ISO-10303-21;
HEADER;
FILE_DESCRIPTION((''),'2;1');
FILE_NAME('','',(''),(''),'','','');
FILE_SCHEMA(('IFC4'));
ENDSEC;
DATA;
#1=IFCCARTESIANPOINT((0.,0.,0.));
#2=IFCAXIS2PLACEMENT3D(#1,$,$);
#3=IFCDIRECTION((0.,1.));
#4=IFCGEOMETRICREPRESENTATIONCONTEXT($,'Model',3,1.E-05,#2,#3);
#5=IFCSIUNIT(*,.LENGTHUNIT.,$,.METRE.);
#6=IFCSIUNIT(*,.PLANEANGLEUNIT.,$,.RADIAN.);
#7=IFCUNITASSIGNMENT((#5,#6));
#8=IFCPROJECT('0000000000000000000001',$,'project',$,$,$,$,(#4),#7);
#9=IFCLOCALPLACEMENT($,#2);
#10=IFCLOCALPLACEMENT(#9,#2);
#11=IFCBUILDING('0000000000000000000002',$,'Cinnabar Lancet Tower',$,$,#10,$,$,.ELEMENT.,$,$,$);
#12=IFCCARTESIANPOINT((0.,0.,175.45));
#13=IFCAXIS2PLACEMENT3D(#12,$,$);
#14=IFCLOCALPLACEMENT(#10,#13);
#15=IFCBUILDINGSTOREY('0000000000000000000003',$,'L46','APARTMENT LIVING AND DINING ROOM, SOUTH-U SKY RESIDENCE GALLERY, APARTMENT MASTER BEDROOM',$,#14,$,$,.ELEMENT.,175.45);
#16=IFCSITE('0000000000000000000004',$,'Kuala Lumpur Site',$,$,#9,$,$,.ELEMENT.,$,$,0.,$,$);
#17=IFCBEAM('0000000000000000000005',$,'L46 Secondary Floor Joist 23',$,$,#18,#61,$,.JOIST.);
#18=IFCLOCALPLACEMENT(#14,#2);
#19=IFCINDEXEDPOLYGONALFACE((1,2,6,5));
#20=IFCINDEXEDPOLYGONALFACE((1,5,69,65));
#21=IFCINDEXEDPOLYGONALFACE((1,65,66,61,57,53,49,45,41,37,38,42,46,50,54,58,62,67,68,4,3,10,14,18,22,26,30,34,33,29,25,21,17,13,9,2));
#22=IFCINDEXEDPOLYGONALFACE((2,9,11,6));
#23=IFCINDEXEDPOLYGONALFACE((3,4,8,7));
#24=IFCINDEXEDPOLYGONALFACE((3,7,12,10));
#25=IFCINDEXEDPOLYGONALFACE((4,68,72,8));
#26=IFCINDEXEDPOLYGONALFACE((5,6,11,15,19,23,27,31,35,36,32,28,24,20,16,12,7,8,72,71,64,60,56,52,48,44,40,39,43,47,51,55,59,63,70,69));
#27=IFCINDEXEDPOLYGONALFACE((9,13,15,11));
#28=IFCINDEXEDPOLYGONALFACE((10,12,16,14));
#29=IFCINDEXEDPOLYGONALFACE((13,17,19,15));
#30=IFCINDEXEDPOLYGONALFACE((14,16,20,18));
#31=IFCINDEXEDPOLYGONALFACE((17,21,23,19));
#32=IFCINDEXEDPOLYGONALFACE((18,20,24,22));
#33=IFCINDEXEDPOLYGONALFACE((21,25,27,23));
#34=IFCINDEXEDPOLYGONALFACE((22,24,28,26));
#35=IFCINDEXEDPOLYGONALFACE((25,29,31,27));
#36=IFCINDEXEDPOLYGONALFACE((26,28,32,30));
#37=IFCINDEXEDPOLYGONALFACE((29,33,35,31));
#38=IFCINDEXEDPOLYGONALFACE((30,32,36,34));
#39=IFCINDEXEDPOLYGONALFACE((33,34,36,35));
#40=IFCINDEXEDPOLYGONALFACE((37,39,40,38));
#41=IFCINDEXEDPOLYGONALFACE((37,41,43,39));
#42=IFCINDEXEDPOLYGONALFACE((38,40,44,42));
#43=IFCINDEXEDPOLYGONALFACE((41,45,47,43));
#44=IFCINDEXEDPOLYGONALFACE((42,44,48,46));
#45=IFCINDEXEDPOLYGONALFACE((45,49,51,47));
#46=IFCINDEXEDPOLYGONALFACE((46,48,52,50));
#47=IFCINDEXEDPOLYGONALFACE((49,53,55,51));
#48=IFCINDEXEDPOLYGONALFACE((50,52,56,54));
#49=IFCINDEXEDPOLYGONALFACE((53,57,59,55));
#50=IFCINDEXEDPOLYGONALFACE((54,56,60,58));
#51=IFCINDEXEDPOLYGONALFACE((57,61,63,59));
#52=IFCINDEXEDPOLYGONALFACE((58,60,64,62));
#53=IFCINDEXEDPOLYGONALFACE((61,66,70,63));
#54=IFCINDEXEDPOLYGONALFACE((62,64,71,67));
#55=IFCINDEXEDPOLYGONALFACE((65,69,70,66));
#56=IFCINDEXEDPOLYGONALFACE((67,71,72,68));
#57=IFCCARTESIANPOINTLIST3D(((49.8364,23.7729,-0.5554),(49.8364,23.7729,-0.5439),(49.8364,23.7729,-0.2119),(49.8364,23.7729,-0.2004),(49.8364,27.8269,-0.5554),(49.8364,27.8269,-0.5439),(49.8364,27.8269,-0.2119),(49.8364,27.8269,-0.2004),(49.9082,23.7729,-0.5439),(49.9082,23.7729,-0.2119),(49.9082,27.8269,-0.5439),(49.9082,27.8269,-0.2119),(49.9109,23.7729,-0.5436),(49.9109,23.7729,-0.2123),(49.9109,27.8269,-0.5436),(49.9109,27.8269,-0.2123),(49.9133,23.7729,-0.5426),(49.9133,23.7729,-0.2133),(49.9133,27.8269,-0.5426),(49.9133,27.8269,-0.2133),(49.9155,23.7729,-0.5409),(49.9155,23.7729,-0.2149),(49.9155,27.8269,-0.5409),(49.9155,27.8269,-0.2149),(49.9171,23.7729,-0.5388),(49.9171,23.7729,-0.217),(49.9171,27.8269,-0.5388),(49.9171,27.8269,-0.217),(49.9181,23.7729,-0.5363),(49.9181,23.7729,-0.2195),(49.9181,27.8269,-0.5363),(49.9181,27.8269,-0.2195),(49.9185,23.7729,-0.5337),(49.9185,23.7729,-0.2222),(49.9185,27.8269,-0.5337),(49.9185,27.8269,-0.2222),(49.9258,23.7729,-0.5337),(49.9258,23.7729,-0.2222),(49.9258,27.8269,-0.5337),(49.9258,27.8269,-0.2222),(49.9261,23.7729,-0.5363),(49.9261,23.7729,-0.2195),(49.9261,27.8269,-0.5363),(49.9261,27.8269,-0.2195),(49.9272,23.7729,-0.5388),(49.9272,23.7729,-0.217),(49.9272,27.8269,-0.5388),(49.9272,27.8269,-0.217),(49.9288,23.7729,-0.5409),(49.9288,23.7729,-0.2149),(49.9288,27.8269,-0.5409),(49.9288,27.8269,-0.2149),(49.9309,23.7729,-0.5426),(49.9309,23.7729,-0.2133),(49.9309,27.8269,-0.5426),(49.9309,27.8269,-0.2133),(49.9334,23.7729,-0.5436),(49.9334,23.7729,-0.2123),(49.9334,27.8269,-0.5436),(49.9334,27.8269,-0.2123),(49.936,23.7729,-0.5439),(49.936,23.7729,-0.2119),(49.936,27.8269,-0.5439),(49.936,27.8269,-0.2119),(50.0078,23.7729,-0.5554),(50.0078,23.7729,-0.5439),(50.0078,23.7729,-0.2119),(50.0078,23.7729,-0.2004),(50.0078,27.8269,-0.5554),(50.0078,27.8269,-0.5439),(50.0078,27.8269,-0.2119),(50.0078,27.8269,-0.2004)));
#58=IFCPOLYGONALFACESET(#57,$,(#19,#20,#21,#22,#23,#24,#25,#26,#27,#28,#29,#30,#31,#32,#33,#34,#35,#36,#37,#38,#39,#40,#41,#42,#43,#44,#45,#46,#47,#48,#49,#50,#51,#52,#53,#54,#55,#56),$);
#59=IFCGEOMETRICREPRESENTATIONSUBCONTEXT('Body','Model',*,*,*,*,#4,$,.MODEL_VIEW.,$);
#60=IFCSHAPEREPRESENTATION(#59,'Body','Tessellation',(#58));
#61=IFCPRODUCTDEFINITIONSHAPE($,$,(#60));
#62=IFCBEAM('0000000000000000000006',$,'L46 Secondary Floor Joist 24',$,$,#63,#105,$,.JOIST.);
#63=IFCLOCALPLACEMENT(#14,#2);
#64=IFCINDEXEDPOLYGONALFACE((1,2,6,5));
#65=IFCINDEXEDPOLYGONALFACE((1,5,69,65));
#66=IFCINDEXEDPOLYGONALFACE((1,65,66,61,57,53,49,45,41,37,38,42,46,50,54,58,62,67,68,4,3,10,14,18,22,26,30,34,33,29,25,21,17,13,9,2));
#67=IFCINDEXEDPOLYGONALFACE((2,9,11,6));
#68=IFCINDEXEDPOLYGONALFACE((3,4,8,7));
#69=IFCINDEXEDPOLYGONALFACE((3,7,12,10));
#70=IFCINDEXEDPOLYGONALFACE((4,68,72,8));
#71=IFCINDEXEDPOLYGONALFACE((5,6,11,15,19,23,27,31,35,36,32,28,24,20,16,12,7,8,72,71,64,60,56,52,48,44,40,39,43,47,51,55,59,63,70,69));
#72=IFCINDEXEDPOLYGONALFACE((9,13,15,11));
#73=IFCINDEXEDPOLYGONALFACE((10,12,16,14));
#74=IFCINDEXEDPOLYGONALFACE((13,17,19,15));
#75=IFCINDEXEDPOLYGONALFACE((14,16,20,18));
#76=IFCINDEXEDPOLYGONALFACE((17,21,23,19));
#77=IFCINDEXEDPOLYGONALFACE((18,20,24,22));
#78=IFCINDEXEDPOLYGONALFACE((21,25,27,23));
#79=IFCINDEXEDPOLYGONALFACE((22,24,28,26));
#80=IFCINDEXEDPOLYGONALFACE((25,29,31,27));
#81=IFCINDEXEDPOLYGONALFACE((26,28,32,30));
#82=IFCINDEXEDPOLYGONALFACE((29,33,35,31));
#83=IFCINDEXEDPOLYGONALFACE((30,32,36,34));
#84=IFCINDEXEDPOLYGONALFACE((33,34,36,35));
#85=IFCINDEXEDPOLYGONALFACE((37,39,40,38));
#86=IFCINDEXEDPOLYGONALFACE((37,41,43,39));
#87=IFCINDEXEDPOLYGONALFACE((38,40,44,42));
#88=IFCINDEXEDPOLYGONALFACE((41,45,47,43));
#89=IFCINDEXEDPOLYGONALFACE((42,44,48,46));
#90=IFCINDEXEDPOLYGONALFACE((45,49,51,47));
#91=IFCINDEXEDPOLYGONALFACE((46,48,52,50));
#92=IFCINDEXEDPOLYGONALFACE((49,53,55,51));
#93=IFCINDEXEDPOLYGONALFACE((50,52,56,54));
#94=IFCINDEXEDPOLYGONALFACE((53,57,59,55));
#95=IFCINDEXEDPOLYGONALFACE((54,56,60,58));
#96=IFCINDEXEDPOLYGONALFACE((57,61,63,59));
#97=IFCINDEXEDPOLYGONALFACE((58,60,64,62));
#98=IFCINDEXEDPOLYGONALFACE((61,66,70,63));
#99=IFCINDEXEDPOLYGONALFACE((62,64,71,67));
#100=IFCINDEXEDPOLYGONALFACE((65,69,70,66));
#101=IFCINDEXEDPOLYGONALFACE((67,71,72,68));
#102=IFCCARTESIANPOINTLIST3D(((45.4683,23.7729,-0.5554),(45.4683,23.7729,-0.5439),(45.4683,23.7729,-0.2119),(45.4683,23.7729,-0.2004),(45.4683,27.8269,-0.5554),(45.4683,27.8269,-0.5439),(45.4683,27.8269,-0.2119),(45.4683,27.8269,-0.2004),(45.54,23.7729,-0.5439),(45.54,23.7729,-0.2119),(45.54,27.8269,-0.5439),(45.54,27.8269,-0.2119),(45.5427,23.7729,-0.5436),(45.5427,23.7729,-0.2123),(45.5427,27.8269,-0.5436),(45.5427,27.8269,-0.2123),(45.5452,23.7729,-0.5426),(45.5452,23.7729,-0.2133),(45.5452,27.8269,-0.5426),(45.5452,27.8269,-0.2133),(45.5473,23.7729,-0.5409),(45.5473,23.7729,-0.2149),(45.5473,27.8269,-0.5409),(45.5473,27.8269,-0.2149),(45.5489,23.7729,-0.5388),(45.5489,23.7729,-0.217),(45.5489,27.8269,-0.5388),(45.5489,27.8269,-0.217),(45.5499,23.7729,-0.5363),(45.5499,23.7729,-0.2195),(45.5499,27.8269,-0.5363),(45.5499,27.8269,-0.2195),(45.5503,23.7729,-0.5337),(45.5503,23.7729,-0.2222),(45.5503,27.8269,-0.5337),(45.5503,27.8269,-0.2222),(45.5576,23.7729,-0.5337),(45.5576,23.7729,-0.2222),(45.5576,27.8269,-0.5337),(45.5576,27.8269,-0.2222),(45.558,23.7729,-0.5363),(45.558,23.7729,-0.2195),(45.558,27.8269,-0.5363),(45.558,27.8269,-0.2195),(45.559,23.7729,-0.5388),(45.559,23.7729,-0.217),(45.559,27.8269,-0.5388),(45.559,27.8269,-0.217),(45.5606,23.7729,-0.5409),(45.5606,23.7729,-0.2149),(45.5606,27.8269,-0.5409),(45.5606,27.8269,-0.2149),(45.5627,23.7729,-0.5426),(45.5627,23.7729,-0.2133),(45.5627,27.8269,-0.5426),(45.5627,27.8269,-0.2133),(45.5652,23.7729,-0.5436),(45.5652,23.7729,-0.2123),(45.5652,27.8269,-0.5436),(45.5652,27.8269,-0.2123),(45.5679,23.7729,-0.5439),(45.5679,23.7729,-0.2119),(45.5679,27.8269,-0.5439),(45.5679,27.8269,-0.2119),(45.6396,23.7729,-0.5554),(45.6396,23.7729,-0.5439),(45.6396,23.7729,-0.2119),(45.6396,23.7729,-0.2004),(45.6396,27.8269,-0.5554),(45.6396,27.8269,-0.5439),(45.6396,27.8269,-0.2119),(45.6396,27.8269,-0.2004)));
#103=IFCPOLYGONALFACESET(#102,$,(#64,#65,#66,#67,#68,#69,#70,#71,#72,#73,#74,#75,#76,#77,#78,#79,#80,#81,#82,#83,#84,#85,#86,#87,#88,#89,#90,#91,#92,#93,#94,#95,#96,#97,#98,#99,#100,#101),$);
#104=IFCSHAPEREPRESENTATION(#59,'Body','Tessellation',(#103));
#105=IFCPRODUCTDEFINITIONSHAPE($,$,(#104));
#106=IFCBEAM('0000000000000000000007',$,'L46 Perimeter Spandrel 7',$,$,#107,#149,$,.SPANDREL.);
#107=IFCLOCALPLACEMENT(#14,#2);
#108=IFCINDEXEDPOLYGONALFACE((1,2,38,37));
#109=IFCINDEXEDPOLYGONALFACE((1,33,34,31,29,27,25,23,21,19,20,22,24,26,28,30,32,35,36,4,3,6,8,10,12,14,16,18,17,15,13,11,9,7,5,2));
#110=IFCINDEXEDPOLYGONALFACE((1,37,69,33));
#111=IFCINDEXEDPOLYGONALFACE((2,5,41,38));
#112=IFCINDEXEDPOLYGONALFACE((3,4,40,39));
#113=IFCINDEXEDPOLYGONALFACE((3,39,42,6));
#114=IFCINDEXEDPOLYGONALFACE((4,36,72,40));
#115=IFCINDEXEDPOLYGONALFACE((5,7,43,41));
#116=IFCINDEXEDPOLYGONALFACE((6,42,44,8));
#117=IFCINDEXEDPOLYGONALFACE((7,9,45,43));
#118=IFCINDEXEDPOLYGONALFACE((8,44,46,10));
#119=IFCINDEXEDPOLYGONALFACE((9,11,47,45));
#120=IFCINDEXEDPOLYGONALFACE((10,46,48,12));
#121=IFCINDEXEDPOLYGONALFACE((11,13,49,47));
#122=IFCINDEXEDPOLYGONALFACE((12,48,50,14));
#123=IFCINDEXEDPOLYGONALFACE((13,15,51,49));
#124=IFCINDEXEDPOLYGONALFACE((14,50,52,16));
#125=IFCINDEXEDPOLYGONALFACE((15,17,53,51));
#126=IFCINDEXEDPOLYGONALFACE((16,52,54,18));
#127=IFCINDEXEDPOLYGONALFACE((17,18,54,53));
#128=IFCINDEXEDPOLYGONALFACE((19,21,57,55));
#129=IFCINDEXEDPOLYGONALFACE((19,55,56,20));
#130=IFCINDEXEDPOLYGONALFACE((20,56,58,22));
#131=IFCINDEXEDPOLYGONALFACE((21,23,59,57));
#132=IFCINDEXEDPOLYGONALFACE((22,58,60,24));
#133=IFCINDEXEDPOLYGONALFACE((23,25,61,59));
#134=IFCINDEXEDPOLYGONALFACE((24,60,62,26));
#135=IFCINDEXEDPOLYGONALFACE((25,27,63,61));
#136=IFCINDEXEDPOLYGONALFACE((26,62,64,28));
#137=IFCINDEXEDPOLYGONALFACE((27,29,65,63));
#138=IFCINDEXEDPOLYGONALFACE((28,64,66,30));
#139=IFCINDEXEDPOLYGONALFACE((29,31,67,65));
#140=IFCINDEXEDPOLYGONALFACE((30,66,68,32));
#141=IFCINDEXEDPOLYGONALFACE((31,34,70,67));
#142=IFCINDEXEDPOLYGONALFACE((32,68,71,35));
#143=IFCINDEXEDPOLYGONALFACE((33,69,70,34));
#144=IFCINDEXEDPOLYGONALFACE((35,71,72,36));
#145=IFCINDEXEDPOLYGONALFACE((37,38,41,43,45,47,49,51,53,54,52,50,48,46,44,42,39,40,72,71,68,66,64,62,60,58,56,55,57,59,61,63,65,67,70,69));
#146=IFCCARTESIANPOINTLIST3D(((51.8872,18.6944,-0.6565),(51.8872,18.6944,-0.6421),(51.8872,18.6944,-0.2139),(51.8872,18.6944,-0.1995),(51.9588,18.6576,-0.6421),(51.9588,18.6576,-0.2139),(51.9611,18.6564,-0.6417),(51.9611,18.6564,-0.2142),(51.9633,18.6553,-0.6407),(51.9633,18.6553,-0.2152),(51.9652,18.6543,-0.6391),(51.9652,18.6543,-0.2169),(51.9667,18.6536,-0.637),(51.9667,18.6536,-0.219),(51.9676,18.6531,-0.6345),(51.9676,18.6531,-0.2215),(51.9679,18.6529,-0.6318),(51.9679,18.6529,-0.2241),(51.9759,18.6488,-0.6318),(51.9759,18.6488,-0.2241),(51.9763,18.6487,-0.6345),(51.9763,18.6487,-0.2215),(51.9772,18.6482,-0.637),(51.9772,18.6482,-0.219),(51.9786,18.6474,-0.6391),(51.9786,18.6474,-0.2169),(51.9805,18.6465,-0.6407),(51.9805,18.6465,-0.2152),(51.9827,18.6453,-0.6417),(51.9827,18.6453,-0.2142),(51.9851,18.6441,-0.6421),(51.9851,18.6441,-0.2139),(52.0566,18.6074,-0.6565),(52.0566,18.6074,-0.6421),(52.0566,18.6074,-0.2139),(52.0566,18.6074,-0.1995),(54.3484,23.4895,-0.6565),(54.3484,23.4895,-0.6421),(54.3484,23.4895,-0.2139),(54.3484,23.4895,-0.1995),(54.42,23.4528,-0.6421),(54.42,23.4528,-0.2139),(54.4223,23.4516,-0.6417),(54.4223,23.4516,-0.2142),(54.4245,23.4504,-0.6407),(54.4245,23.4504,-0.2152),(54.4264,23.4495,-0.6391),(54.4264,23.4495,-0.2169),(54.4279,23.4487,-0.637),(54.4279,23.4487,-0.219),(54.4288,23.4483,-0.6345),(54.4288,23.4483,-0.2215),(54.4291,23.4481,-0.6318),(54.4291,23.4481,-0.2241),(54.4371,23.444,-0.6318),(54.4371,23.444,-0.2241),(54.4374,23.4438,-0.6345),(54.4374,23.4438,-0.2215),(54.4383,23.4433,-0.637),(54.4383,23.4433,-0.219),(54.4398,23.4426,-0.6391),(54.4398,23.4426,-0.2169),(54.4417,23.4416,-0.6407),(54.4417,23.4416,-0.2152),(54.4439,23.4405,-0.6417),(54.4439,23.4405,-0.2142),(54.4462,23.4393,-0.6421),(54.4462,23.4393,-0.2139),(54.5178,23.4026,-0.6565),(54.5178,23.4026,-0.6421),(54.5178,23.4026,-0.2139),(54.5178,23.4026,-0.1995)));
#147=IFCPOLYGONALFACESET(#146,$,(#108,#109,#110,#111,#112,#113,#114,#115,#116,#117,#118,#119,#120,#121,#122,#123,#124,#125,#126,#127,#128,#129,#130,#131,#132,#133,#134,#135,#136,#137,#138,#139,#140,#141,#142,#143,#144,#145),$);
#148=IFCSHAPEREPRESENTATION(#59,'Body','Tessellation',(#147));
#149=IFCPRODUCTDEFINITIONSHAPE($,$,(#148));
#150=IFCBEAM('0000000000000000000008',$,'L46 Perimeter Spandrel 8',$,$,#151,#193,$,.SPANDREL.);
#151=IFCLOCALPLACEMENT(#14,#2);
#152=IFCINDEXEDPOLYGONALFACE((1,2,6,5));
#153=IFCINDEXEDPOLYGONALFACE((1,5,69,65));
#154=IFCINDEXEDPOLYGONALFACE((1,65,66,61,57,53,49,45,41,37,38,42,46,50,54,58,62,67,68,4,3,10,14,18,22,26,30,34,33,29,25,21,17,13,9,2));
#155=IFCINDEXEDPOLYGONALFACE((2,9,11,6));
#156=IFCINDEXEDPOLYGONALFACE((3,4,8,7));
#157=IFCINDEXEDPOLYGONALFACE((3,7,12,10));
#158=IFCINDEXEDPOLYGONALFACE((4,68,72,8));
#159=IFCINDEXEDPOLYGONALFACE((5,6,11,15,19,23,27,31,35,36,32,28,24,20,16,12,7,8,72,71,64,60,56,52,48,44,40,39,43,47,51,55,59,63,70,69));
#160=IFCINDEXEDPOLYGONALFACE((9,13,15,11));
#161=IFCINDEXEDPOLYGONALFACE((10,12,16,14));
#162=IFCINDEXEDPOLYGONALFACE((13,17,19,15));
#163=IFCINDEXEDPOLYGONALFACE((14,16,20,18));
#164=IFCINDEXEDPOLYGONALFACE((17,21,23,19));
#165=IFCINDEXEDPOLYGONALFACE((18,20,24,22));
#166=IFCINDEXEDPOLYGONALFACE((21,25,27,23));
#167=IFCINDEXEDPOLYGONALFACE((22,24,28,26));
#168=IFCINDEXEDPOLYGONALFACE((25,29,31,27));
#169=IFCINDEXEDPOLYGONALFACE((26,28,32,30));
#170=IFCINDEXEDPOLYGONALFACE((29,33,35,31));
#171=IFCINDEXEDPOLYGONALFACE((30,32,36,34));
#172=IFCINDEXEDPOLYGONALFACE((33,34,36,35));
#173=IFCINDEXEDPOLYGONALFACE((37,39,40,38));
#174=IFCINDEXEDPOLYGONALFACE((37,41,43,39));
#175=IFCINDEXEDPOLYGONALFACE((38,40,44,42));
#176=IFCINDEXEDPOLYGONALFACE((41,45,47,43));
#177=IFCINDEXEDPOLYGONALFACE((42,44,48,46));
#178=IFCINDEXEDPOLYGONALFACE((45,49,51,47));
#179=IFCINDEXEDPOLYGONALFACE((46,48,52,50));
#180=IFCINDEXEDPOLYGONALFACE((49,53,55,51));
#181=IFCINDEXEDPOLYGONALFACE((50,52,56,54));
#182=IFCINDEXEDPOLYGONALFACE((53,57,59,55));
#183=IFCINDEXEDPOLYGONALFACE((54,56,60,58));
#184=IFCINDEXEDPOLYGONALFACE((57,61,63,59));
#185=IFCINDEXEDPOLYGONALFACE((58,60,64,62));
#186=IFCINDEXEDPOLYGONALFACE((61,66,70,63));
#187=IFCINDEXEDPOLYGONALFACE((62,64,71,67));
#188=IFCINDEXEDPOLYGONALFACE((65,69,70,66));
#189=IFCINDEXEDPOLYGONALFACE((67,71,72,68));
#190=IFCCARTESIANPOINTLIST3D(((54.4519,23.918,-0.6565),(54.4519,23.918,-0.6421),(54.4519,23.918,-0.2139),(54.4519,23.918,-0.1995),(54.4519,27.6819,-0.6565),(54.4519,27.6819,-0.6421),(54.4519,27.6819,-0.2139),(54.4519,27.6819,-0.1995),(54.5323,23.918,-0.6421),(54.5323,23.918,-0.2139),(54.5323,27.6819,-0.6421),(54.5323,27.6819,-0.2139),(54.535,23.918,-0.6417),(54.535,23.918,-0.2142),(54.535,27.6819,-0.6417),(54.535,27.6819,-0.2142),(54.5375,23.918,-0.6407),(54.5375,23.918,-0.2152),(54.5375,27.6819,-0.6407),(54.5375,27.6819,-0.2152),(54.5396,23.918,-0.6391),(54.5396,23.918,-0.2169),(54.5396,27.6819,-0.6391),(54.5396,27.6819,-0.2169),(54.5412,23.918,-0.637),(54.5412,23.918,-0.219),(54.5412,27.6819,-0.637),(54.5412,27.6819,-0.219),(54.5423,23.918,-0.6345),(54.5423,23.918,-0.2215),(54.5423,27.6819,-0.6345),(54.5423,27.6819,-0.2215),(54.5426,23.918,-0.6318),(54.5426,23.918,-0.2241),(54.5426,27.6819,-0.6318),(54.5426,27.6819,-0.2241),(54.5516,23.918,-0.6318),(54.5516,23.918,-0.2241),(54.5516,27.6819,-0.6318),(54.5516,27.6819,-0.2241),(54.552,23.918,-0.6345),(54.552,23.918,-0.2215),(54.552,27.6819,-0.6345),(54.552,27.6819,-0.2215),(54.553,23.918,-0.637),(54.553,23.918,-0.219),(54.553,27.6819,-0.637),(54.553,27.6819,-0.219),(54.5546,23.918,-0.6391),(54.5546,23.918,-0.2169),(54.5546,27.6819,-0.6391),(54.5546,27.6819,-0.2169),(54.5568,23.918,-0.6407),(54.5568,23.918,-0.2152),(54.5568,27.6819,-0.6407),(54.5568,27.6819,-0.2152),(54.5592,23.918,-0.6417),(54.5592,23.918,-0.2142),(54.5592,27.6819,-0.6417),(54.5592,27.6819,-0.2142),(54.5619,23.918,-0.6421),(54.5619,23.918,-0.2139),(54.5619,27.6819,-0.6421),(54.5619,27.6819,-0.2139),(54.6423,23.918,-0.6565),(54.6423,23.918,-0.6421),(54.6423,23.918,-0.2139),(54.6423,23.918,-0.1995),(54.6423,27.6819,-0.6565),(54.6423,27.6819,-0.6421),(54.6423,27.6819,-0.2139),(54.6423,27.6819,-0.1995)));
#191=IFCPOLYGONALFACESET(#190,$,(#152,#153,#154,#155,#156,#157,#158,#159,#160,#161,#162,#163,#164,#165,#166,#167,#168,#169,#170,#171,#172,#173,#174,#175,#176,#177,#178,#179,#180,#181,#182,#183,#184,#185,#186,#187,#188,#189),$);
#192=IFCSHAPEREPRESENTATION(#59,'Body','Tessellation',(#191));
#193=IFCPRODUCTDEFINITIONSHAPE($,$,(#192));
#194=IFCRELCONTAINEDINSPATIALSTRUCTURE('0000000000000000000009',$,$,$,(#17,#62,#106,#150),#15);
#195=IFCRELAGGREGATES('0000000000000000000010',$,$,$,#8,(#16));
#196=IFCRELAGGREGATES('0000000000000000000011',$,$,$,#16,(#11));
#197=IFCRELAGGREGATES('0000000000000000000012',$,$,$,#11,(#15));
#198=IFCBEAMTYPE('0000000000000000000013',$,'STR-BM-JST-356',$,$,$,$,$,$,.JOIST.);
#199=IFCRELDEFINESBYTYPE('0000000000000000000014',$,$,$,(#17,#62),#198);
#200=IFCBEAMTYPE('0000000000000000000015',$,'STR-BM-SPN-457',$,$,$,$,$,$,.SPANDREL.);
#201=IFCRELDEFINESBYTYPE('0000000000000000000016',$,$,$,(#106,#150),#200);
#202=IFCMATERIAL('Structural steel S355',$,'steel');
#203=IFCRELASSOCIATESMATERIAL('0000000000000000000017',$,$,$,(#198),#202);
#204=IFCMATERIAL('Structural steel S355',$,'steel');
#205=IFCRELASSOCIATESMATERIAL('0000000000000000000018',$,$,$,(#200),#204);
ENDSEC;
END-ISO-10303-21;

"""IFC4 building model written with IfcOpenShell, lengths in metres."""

from ifc_helpers import new_model, si_unit, direction, frame, origin, origin_2d, place, context, subcontext, project, spatial, i_section, extrude, material, material_profile, profile_set, type_object, element, save


model = new_model("IFC4")

# Units and contexts
model_context = context("Model", 3, precision=1e-05, world=origin(), true_north=direction((0.0, 1.0)))
body_context = subcontext(model_context, "Body", "Model", "MODEL_VIEW")
ifc_project = project(units=[si_unit("LENGTHUNIT", "METRE"), si_unit("PLANEANGLEUNIT", "RADIAN")], contexts=[model_context])

# Site, building, storey
site_placement = place(None, origin())
site = spatial("IfcSite", under=ifc_project, at=site_placement, Name="Kuala Lumpur Site", CompositionType="ELEMENT", RefElevation=0.0)
building_placement = place(site_placement, origin())
building = spatial("IfcBuilding", under=site, at=building_placement, Name="Cinnabar Lancet Tower", CompositionType="ELEMENT")
storey_placement = place(building_placement, frame((0.0, 0.0, 175.45)))
storey = spatial("IfcBuildingStorey", under=building, at=storey_placement, Name="L46", Description="APARTMENT LIVING AND DINING ROOM, SOUTH-U SKY RESIDENCE GALLERY, APARTMENT MASTER BEDROOM", CompositionType="ELEMENT", Elevation=175.45)

# Beams
ifc_material_1 = material(Name="Structural steel S355", Category="steel")
ifc_material_profile_1 = material_profile(ifc_material_1, i_section(OverallWidth=0.1714, OverallDepth=0.355, WebThickness=0.0073, FlangeThickness=0.0115, FilletRadius=0.0103, at=origin_2d()), Name="UKB 356x171x51")
ifc_profile_set_1 = profile_set([ifc_material_profile_1], Name="Structural steel S355")
beam_type_1 = type_object("IfcBeamType", Name="STR-BM-JST-356", PredefinedType="JOIST", material=ifc_profile_set_1)
for number, where, z_axis, x_axis, name in (
    (1, (49.9221, 23.7729, -0.3779), (0.0, 1.0, 0.0), (-1.0, 0.0, 0.0), "L46 Secondary Floor Joist 23"),
    (2, (45.554, 23.7729, -0.3779), (0.0, 1.0, 0.0), (-1.0, 0.0, 0.0), "L46 Secondary Floor Joist 24"),
):
    element("IfcBeam", number, at=place(storey_placement, frame(where, z_axis=z_axis, x_axis=x_axis)), inside=storey, type_object=beam_type_1, Name=name, PredefinedType="JOIST", context=body_context, shape_type="SweptSolid", body=[
        extrude(i_section(OverallWidth=0.1714, OverallDepth=0.355, WebThickness=0.0073, FlangeThickness=0.0115, FilletRadius=0.0103, at=origin_2d()), origin(), (0.0, 0.0, 1.0), 4.054),
    ])
ifc_material_2 = material(Name="Structural steel S355", Category="steel")
ifc_material_profile_2 = material_profile(ifc_material_2, i_section(OverallWidth=0.1904, OverallDepth=0.457, WebThickness=0.009, FlangeThickness=0.0144, FilletRadius=0.0103, at=origin_2d()), Name="UKB 457x191x74")
ifc_profile_set_2 = profile_set([ifc_material_profile_2], Name="Structural steel S355")
beam_type_2 = type_object("IfcBeamType", Name="STR-BM-SPN-457", PredefinedType="SPANDREL", material=ifc_profile_set_2)
beam_1_placement = place(storey_placement, frame((51.9719, 18.6509, -0.428), z_axis=(0.456628, 0.889658, 0.0), x_axis=(-0.889658, 0.456628, 0.0)))
element("IfcBeam", 3, at=beam_1_placement, inside=storey, type_object=beam_type_2, Name="L46 Perimeter Spandrel 7", PredefinedType="SPANDREL", context=body_context, shape_type="SweptSolid", body=[
    extrude(i_section(OverallWidth=0.1904, OverallDepth=0.457, WebThickness=0.009, FlangeThickness=0.0144, FilletRadius=0.0103, at=origin_2d()), origin(), (0.0, 0.0, 1.0), 5.3899),
])
beam_2_placement = place(storey_placement, frame((54.5471, 23.918, -0.428), z_axis=(0.0, 1.0, 0.0), x_axis=(-1.0, 0.0, 0.0)))
element("IfcBeam", 4, at=beam_2_placement, inside=storey, type_object=beam_type_2, Name="L46 Perimeter Spandrel 8", PredefinedType="SPANDREL", context=body_context, shape_type="SweptSolid", body=[
    extrude(i_section(OverallWidth=0.1904, OverallDepth=0.457, WebThickness=0.009, FlangeThickness=0.0144, FilletRadius=0.0103, at=origin_2d()), origin(), (0.0, 0.0, 1.0), 3.7639),
])

save(model, "model.ifc")
